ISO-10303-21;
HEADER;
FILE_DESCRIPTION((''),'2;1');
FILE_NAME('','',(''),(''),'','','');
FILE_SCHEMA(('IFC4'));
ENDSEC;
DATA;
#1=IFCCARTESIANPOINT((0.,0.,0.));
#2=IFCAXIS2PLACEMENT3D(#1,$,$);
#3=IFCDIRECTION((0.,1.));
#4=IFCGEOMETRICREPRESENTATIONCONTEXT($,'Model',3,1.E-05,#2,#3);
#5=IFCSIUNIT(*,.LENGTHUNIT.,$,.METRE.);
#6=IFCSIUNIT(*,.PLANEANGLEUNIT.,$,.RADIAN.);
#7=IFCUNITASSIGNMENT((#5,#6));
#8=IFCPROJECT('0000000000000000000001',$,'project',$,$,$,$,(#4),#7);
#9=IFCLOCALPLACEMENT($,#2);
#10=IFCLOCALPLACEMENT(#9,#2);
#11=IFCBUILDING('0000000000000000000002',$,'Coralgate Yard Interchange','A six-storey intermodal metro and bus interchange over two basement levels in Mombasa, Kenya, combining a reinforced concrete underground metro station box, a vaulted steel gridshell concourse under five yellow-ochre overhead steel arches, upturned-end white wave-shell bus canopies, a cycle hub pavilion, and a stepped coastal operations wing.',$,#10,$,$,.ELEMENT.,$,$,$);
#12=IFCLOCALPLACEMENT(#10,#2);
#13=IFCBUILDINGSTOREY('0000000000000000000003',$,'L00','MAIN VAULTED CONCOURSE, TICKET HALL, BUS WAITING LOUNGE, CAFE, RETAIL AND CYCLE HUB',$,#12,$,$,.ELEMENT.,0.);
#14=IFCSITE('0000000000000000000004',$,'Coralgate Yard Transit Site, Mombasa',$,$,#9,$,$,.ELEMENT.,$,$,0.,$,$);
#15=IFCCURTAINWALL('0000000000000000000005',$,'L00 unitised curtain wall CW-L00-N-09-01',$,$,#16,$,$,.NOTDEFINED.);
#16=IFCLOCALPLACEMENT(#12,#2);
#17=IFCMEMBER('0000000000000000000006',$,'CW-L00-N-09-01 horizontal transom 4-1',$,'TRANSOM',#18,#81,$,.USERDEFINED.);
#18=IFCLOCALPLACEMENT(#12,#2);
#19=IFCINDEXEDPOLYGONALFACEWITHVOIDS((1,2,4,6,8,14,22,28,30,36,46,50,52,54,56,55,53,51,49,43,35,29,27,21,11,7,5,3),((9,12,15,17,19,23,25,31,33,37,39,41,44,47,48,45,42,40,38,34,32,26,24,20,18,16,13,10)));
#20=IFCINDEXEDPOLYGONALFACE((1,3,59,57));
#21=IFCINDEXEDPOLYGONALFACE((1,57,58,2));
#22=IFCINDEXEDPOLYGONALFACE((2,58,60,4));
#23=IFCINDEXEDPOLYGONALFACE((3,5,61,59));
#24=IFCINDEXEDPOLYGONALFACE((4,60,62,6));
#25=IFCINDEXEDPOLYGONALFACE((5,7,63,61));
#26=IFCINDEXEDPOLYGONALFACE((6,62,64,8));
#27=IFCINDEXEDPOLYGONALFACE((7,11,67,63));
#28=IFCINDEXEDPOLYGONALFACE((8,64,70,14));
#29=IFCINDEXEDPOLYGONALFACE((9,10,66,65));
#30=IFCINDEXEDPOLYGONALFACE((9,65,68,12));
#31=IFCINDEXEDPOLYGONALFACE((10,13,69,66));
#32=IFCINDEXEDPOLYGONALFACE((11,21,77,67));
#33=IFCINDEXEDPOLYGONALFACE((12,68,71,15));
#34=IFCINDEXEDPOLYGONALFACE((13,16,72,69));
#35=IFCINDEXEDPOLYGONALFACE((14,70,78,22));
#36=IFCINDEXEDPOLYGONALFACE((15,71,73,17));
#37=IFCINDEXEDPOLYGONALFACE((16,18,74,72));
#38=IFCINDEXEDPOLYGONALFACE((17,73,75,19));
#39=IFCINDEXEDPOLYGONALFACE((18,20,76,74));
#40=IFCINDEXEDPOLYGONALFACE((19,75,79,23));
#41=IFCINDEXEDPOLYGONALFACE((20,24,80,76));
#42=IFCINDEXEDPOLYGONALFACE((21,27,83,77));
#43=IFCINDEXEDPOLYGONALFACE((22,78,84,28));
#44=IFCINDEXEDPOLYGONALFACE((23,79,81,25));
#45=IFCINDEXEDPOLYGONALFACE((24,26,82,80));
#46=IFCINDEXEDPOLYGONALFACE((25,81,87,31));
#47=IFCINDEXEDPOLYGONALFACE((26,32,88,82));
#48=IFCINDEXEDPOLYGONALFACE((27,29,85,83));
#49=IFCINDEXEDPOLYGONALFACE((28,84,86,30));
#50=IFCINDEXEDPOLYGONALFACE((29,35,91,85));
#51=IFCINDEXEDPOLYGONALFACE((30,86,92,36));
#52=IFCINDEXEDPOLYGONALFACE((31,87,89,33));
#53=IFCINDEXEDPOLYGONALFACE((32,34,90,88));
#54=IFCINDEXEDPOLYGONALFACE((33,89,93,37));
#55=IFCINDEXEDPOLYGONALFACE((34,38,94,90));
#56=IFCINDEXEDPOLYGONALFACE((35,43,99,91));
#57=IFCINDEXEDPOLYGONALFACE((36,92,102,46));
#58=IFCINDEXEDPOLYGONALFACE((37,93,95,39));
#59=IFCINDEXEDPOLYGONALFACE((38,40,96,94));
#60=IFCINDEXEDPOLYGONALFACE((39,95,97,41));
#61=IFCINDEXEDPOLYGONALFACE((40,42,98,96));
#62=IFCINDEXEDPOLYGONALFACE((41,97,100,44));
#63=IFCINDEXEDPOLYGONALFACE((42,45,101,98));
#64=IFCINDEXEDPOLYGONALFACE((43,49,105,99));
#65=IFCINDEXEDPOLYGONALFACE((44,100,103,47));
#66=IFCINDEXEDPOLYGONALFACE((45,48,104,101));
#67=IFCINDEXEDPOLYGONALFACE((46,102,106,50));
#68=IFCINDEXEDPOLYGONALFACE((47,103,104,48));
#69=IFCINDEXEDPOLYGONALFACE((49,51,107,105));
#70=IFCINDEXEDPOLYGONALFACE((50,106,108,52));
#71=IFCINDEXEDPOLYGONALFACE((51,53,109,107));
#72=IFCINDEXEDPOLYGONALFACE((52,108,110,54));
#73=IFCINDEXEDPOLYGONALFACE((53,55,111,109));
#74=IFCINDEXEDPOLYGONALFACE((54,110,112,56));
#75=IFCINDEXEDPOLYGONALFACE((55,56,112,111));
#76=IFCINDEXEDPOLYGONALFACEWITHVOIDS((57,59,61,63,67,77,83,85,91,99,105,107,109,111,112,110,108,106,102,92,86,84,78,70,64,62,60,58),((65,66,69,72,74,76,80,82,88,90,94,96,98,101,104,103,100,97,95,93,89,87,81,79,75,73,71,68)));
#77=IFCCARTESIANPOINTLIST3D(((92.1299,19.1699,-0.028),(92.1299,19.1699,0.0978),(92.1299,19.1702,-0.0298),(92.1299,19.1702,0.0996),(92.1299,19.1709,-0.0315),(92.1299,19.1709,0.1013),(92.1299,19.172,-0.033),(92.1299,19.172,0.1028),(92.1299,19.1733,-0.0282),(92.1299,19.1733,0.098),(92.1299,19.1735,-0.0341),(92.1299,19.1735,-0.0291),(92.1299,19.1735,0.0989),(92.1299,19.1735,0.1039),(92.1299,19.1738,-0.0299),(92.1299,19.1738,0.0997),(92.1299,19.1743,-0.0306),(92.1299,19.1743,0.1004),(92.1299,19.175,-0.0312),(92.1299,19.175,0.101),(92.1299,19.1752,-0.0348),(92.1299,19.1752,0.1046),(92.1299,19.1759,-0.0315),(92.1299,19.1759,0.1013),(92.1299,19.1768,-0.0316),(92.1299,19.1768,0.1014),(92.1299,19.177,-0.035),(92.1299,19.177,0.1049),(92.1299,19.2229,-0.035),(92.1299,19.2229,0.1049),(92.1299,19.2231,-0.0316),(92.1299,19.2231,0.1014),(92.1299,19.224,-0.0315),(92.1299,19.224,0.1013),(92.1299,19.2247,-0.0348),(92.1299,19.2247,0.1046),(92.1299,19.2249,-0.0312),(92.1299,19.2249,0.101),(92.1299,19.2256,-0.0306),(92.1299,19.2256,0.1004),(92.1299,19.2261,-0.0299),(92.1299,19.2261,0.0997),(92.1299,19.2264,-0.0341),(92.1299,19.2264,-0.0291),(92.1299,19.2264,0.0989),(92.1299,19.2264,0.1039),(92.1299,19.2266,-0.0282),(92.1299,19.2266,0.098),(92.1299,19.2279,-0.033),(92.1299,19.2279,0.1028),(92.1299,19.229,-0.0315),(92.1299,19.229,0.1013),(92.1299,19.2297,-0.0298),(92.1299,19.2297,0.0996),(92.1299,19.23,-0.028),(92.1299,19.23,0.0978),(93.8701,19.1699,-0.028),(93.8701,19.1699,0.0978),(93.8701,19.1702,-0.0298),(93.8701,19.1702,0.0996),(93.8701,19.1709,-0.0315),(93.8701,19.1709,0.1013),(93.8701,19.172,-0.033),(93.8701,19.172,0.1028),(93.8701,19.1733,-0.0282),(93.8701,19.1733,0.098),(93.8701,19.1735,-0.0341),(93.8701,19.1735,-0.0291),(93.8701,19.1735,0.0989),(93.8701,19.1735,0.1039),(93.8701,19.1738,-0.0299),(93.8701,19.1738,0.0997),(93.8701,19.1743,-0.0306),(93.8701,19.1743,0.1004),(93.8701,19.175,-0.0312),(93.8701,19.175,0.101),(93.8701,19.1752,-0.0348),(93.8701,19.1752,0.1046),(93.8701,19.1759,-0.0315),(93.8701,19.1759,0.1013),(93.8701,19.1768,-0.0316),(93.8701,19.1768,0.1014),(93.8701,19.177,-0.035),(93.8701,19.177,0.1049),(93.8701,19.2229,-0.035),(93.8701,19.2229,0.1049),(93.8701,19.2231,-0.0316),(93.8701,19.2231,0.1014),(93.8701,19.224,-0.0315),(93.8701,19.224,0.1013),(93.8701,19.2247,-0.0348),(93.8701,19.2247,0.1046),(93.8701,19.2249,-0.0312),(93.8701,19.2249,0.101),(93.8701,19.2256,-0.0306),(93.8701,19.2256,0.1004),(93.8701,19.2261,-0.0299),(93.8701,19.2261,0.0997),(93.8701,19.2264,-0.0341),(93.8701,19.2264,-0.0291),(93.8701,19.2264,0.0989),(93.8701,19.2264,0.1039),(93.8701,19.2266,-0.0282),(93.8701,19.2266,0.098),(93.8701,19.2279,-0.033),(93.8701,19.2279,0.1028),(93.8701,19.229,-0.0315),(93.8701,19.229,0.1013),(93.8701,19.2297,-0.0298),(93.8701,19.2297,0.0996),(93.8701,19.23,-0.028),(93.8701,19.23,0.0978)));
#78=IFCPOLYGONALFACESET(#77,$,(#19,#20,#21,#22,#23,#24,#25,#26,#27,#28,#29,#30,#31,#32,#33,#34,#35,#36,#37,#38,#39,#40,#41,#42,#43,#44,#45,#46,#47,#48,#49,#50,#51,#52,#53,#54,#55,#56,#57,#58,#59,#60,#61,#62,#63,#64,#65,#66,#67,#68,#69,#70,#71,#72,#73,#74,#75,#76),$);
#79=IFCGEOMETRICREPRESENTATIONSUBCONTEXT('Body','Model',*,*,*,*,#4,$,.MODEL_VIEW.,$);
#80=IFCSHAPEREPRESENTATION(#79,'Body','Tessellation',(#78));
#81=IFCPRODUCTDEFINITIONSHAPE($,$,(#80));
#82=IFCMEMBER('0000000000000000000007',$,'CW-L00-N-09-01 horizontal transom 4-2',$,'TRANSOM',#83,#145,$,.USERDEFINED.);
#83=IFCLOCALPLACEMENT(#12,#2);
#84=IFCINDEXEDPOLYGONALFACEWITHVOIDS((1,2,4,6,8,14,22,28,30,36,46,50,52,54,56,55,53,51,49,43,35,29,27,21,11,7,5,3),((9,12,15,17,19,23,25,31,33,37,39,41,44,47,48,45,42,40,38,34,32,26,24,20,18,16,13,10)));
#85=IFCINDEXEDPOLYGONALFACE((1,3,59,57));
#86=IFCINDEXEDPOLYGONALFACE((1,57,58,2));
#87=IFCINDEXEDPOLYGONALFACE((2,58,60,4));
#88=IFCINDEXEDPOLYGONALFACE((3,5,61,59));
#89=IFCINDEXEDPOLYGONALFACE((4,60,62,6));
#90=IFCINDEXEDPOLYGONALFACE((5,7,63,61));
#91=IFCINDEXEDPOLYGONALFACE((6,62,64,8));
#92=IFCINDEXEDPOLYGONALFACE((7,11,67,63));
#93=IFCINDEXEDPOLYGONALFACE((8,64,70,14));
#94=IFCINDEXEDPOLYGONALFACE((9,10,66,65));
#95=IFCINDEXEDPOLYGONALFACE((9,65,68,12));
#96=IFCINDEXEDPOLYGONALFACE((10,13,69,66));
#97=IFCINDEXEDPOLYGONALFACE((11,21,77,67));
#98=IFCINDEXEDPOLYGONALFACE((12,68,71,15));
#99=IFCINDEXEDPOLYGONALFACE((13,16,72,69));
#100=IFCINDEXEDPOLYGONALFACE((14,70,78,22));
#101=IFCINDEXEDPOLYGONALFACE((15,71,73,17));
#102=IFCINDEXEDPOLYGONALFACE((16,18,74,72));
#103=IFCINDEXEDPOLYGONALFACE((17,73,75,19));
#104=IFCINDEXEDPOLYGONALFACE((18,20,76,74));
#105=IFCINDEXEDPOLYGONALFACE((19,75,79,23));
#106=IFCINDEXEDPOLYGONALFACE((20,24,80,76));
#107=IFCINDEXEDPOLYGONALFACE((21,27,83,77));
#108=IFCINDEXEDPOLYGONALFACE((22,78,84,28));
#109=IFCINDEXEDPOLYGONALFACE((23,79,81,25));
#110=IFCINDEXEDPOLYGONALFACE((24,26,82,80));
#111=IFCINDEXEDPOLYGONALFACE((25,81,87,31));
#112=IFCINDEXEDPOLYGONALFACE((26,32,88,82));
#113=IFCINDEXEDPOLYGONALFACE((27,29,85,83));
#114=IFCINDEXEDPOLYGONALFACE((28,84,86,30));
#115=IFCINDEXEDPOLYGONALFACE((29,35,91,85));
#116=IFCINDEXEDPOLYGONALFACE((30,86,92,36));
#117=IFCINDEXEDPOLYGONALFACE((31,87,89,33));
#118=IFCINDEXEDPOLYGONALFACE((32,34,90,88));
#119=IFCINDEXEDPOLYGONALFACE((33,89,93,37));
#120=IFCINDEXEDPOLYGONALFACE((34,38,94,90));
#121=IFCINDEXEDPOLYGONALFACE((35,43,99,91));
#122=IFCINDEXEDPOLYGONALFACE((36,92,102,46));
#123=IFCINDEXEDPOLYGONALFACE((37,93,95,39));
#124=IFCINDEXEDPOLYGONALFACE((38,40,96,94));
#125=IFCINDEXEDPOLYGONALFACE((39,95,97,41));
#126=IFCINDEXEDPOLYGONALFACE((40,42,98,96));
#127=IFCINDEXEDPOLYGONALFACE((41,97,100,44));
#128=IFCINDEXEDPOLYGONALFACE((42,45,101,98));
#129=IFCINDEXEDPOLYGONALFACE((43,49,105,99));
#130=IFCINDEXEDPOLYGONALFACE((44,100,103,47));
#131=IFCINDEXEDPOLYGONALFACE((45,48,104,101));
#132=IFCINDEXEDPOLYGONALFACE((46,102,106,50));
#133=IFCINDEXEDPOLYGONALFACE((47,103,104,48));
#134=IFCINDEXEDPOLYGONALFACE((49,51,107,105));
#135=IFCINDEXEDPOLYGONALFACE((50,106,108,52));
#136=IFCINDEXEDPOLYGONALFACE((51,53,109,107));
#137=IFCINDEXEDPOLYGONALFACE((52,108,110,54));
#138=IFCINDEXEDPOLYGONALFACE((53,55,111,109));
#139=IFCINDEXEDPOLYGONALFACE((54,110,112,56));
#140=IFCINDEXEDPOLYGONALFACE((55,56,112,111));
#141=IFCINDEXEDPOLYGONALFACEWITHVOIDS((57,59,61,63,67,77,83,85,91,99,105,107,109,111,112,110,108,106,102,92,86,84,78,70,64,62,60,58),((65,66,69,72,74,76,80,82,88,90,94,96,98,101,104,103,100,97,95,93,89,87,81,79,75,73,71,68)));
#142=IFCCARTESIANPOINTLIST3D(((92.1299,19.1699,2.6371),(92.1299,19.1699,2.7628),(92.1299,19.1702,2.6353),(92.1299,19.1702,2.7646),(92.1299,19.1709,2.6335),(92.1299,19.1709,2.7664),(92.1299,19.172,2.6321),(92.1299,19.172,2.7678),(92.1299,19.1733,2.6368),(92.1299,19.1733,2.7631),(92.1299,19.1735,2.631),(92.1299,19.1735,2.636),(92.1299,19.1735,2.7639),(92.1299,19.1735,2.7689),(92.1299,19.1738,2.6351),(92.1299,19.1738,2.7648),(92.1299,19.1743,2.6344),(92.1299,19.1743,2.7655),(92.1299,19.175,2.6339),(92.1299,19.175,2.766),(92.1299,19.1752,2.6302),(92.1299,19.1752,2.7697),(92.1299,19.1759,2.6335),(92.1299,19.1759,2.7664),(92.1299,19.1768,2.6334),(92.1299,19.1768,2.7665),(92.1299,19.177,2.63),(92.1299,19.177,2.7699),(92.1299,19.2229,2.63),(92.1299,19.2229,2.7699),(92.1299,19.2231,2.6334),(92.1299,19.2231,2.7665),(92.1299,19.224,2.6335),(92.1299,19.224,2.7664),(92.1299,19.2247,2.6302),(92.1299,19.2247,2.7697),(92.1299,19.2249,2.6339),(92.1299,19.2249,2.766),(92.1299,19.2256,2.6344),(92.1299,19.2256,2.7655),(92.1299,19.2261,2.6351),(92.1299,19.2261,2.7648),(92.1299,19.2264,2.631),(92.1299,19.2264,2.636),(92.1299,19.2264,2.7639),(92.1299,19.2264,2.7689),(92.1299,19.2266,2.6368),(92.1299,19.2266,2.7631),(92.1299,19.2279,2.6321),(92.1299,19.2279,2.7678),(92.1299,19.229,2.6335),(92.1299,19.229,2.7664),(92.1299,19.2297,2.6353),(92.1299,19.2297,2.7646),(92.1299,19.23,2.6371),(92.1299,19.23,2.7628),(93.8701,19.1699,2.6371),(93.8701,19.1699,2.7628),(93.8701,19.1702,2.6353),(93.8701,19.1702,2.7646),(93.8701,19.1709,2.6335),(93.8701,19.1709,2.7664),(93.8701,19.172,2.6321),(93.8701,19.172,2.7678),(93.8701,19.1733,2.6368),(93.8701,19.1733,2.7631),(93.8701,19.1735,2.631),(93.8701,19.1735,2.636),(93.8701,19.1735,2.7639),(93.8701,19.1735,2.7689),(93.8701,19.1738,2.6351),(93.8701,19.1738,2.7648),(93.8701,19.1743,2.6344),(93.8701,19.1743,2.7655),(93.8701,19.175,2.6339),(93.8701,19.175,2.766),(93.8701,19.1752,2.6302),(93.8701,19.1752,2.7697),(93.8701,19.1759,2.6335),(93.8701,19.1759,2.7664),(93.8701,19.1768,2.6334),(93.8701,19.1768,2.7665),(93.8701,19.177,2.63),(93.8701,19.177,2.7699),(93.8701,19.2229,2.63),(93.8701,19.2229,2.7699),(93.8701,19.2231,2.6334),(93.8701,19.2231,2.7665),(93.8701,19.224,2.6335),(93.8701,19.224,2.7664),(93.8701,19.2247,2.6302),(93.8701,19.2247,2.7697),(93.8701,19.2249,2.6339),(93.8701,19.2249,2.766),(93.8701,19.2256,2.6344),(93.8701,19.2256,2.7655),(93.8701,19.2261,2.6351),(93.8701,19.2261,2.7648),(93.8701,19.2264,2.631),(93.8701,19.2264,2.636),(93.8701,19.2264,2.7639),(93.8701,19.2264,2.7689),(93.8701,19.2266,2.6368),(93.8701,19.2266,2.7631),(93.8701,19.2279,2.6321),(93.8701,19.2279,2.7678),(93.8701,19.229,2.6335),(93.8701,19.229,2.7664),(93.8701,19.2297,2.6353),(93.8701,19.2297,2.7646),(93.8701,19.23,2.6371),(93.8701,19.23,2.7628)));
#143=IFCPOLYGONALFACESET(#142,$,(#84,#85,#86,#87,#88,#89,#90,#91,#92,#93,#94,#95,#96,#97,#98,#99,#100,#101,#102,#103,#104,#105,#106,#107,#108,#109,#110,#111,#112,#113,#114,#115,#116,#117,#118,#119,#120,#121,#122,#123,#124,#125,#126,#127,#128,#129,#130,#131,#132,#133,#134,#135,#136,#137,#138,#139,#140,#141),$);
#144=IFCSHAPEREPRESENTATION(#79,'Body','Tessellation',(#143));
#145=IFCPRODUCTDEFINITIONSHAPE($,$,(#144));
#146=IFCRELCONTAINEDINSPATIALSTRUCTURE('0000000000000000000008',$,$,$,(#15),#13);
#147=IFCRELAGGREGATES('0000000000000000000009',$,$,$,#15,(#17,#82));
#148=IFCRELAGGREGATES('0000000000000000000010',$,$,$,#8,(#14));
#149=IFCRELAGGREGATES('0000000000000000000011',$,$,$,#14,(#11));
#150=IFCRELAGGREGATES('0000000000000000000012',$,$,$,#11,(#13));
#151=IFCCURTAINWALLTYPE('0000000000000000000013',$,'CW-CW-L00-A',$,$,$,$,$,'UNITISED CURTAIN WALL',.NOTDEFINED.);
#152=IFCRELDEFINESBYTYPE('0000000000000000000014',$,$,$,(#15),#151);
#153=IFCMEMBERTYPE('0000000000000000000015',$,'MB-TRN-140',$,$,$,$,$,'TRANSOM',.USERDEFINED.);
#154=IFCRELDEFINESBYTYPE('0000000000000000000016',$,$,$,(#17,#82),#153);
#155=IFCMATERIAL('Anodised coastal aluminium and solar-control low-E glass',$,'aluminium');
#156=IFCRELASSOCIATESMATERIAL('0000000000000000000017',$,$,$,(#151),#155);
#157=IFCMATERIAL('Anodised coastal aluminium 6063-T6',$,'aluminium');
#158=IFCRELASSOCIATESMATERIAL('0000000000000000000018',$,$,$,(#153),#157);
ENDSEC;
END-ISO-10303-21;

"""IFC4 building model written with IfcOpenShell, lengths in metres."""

from ifc_helpers import new_model, si_unit, direction, frame, origin, origin_2d, place, context, subcontext, project, spatial, hollow_rectangle, extrude, material, material_profile, profile_set, type_object, element, aggregate, save


model = new_model("IFC4")

# Units and contexts
model_context = context("Model", 3, precision=1e-05, world=origin(), true_north=direction((0.0, 1.0)))
body_context = subcontext(model_context, "Body", "Model", "MODEL_VIEW")
ifc_project = project(units=[si_unit("LENGTHUNIT", "METRE"), si_unit("PLANEANGLEUNIT", "RADIAN")], contexts=[model_context])

# Site, building, storey
site_placement = place(None, origin())
site = spatial("IfcSite", under=ifc_project, at=site_placement, Name="Coralgate Yard Transit Site, Mombasa", CompositionType="ELEMENT", RefElevation=0.0)
building_placement = place(site_placement, origin())
building = spatial("IfcBuilding", under=site, at=building_placement, Name="Coralgate Yard Interchange", Description="A six-storey intermodal metro and bus interchange over two basement levels in Mombasa, Kenya, combining a reinforced concrete underground metro station box, a vaulted steel gridshell concourse under five yellow-ochre overhead steel arches, upturned-end white wave-shell bus canopies, a cycle hub pavilion, and a stepped coastal operations wing.", CompositionType="ELEMENT")
storey_placement = place(building_placement, origin())
storey = spatial("IfcBuildingStorey", under=building, at=storey_placement, Name="L00", Description="MAIN VAULTED CONCOURSE, TICKET HALL, BUS WAITING LOUNGE, CAFE, RETAIL AND CYCLE HUB", CompositionType="ELEMENT", Elevation=0.0)

# Curtain wall, members
ifc_material_1 = material(Name="Anodised coastal aluminium and solar-control low-E glass", Category="aluminium")
curtain_wall_type = type_object("IfcCurtainWallType", Name="CW-CW-L00-A", ElementType="UNITISED CURTAIN WALL", PredefinedType="NOTDEFINED", material=ifc_material_1)
curtain_wall_placement = place(storey_placement, origin())
curtain_wall = element("IfcCurtainWall", 1, at=curtain_wall_placement, inside=storey, type_object=curtain_wall_type, Name="L00 unitised curtain wall CW-L00-N-09-01", PredefinedType="NOTDEFINED")
ifc_material_2 = material(Name="Anodised coastal aluminium 6063-T6", Category="aluminium")
ifc_material_profile_1 = material_profile(ifc_material_2, hollow_rectangle(XDim=0.0601, YDim=0.1399, WallThickness=0.0034, InnerFilletRadius=0.0034, OuterFilletRadius=0.0071, at=origin_2d()), Name="ALU 60x140x3.5")
ifc_profile_set_1 = profile_set([ifc_material_profile_1], Name="Anodised coastal aluminium 6063-T6")
member_type_1 = type_object("IfcMemberType", Name="MB-TRN-140", ElementType="TRANSOM", PredefinedType="USERDEFINED", material=ifc_profile_set_1)
member_1_placement = place(storey_placement, frame((92.1299, 19.2, 0.0349), z_axis=(1.0, 0.0, 0.0), x_axis=(0.0, 1.0, 0.0)))
member_1 = element("IfcMember", 2, at=member_1_placement, type_object=member_type_1, Name="CW-L00-N-09-01 horizontal transom 4-1", ObjectType="TRANSOM", PredefinedType="USERDEFINED", context=body_context, shape_type="SweptSolid", body=[
    extrude(hollow_rectangle(XDim=0.0601, YDim=0.1399, WallThickness=0.0034, InnerFilletRadius=0.0034, OuterFilletRadius=0.0071, at=origin_2d()), origin(), (0.0, 0.0, 1.0), 1.7402),
])
member_2_placement = place(storey_placement, frame((92.1299, 19.2, 2.7), z_axis=(1.0, 0.0, 0.0), x_axis=(0.0, 1.0, 0.0)))
member_2 = element("IfcMember", 3, at=member_2_placement, type_object=member_type_1, Name="CW-L00-N-09-01 horizontal transom 4-2", ObjectType="TRANSOM", PredefinedType="USERDEFINED", context=body_context, shape_type="SweptSolid", body=[
    extrude(hollow_rectangle(XDim=0.0601, YDim=0.1399, WallThickness=0.0034, InnerFilletRadius=0.0034, OuterFilletRadius=0.0071, at=origin_2d()), origin(), (0.0, 0.0, 1.0), 1.7402),
])
aggregate(curtain_wall, [member_1, member_2])

save(model, "model.ifc")
